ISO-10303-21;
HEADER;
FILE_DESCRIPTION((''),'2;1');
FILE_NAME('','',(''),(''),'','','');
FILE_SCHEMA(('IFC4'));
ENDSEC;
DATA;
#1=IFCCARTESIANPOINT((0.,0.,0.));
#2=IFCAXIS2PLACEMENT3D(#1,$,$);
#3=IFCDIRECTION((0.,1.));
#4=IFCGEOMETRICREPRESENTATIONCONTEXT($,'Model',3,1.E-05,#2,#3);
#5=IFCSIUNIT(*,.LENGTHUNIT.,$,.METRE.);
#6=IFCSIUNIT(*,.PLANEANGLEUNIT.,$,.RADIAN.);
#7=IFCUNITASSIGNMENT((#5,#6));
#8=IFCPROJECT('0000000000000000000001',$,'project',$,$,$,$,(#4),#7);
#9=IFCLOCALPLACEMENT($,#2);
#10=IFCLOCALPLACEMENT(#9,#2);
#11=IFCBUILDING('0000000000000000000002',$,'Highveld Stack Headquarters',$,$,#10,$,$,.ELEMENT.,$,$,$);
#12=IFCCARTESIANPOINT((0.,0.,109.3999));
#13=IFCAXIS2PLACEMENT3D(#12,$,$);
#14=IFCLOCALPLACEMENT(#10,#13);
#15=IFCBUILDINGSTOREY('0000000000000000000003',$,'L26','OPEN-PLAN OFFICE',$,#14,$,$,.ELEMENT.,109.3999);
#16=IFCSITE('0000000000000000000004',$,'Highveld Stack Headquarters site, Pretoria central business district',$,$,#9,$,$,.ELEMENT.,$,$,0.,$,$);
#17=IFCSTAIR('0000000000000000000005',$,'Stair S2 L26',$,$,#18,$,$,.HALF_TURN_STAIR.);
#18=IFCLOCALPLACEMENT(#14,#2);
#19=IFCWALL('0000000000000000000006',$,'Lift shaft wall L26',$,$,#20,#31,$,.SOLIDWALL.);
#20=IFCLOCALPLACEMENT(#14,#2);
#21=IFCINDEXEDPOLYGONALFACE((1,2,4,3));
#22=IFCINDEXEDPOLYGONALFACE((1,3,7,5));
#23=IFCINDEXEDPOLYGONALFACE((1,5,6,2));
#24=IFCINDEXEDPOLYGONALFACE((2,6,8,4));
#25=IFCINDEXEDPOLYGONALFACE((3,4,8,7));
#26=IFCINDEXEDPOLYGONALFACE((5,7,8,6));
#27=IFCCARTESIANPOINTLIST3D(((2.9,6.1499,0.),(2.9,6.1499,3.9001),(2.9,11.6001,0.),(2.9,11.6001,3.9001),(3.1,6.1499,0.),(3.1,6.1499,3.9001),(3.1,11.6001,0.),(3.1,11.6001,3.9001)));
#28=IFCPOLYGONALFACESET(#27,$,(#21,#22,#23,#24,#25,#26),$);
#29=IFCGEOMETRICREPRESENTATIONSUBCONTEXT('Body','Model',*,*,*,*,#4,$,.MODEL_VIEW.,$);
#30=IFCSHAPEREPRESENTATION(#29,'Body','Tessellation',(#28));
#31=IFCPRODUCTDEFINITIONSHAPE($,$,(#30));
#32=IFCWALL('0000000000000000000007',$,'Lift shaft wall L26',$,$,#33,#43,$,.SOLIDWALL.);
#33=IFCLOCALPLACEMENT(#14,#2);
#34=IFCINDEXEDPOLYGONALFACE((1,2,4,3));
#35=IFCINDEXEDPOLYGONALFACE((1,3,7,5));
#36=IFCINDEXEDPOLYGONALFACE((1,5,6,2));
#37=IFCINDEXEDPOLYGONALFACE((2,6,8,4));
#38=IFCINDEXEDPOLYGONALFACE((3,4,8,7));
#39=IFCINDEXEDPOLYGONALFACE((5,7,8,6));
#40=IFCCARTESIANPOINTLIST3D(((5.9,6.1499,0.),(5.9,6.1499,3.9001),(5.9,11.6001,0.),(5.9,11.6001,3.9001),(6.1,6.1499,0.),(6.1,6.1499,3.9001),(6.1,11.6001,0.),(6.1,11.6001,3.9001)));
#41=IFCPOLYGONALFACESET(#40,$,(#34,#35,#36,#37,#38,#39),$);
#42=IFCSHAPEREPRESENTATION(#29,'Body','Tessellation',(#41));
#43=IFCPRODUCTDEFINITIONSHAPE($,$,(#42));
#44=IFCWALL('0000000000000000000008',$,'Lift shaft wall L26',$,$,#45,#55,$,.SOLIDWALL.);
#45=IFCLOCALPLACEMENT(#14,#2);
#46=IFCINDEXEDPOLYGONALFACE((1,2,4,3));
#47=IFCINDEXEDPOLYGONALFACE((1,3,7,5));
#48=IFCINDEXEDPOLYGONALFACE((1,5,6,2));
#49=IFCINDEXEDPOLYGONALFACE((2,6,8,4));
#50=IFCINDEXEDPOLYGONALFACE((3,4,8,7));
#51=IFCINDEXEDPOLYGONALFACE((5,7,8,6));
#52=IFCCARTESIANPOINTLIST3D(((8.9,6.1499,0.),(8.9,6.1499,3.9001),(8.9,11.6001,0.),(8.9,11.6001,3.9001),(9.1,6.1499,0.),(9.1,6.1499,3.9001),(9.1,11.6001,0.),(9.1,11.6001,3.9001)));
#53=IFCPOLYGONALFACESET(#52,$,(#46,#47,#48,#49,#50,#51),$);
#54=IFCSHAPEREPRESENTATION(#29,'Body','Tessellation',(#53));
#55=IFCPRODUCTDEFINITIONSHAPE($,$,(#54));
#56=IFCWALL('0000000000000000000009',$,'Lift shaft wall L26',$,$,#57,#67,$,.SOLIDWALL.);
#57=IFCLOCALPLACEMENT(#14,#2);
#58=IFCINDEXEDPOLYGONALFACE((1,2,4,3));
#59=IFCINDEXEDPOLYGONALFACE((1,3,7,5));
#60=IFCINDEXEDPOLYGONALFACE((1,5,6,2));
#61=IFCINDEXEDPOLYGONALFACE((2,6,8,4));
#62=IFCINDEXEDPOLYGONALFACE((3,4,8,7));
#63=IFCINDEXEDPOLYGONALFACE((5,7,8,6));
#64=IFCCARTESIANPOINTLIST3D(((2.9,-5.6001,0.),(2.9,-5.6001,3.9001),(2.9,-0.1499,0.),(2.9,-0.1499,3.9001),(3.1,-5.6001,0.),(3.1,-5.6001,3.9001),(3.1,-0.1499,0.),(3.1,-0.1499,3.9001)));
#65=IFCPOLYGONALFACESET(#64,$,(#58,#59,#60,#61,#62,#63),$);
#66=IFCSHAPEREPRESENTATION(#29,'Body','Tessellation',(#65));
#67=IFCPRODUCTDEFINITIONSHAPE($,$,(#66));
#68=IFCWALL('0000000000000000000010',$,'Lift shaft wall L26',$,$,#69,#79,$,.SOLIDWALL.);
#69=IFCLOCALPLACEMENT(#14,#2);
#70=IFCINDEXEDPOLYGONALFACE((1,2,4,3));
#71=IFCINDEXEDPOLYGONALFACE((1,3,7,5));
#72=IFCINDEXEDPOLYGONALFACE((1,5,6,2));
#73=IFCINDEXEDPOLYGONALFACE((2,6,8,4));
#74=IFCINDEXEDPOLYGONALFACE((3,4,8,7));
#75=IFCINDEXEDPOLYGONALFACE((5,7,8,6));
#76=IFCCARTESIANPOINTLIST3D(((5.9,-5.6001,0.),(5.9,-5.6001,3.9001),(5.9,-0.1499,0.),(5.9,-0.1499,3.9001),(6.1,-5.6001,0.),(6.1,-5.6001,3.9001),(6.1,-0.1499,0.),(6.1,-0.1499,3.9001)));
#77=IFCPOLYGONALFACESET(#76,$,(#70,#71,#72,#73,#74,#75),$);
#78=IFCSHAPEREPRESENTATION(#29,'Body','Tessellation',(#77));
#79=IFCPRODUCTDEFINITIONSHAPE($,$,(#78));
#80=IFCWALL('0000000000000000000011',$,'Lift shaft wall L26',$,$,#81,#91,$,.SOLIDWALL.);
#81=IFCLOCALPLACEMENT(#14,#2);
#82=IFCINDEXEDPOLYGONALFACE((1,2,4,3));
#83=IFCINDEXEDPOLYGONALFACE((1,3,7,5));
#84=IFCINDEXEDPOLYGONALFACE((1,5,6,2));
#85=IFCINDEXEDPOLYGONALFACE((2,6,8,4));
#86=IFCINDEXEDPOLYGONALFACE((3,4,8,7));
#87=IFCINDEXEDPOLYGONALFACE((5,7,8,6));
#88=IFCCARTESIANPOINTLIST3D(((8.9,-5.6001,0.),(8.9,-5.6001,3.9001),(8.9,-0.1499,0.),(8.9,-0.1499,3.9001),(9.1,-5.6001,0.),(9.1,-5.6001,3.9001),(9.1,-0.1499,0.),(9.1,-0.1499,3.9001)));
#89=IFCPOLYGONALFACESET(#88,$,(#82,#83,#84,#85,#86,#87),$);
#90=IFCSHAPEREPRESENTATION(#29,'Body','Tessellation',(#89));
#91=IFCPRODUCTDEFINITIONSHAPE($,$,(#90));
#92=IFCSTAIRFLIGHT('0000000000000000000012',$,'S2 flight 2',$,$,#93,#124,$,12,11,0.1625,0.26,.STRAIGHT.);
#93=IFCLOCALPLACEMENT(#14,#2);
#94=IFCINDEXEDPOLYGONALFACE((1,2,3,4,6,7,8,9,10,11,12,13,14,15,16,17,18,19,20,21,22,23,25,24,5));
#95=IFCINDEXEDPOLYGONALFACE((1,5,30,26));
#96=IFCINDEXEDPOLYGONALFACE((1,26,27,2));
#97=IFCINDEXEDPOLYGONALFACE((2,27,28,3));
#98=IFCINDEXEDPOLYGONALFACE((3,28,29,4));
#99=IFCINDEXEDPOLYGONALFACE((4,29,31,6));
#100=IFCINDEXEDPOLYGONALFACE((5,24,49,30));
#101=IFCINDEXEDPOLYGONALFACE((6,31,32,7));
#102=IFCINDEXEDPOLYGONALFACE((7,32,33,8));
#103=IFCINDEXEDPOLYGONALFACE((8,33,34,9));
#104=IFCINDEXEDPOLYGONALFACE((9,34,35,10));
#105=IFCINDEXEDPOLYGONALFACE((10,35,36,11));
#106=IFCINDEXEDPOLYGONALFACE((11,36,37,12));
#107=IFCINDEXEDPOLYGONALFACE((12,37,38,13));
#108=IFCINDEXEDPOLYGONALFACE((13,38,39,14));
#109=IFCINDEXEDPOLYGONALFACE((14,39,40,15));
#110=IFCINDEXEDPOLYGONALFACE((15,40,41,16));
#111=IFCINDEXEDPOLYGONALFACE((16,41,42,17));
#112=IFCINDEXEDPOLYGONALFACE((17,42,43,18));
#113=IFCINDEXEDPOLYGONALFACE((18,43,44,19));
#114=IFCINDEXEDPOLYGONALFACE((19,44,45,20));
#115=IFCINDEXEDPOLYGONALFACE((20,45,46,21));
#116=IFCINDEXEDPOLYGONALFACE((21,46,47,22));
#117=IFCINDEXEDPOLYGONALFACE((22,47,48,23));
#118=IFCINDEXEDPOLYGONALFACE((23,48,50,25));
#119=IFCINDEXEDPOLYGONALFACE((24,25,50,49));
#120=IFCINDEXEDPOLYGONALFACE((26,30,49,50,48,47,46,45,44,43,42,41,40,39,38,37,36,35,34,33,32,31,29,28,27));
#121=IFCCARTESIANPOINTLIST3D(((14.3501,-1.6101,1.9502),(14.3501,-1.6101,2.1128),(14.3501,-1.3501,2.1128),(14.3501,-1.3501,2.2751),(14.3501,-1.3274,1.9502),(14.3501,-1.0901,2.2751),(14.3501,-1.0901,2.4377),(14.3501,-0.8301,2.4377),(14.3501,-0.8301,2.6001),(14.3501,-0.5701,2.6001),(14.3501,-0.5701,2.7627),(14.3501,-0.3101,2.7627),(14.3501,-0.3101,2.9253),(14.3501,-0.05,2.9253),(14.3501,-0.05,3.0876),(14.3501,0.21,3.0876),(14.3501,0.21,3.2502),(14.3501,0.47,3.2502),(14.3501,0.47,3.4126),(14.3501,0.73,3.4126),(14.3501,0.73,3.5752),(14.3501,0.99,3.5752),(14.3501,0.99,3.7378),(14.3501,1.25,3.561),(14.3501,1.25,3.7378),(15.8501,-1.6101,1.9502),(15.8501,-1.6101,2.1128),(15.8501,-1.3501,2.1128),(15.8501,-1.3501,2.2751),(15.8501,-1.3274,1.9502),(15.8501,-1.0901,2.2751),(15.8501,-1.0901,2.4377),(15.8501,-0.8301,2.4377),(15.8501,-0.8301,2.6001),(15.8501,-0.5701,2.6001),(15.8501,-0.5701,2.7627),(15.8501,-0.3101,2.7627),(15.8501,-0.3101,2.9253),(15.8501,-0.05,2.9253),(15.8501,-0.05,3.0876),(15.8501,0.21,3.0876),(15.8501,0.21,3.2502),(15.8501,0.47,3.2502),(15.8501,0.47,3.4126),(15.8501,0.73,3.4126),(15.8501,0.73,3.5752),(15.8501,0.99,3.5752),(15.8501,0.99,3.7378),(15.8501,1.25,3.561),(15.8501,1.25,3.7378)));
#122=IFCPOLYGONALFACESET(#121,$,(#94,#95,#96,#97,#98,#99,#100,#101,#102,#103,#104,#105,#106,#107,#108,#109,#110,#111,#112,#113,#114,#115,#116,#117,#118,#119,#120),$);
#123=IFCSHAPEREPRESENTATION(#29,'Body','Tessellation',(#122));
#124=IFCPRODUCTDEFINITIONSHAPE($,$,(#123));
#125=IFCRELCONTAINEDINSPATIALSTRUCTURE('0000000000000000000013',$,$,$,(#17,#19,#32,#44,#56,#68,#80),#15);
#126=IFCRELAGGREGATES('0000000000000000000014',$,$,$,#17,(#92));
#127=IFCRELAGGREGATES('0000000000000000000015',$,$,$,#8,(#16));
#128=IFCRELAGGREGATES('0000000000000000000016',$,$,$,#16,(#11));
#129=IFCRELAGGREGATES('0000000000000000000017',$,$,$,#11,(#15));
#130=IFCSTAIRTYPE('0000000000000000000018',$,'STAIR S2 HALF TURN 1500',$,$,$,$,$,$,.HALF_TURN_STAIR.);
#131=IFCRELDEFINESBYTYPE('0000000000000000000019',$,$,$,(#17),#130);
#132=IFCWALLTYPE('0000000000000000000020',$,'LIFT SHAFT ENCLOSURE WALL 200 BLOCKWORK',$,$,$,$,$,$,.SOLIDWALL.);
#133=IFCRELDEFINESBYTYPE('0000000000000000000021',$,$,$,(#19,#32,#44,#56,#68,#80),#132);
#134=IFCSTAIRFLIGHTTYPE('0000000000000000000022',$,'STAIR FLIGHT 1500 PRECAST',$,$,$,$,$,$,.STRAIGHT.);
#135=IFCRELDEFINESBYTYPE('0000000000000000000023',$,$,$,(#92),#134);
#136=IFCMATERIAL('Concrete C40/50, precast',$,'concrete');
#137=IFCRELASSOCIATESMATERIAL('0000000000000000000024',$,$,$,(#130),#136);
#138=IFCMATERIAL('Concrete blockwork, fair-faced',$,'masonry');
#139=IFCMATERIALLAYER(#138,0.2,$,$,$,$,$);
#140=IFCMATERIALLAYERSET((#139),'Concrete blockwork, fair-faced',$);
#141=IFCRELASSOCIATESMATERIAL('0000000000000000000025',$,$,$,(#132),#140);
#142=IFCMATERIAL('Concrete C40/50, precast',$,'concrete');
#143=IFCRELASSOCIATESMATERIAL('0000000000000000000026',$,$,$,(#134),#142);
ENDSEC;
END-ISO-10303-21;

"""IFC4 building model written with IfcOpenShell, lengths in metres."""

from ifc_helpers import new_model, si_unit, direction, frame, frame_2d, origin, place, context, subcontext, project, spatial, polyline, rectangle, outline, extrude, material, layer, layer_set, type_object, element, aggregate, save


model = new_model("IFC4")

# Units and contexts
model_context = context("Model", 3, precision=1e-05, world=origin(), true_north=direction((0.0, 1.0)))
body_context = subcontext(model_context, "Body", "Model", "MODEL_VIEW")
ifc_project = project(units=[si_unit("LENGTHUNIT", "METRE"), si_unit("PLANEANGLEUNIT", "RADIAN")], contexts=[model_context])

# Site, building, storey
site_placement = place(None, origin())
site = spatial("IfcSite", under=ifc_project, at=site_placement, Name="Highveld Stack Headquarters site, Pretoria central business district", CompositionType="ELEMENT", RefElevation=0.0)
building_placement = place(site_placement, origin())
building = spatial("IfcBuilding", under=site, at=building_placement, Name="Highveld Stack Headquarters", CompositionType="ELEMENT")
storey_placement = place(building_placement, frame((0.0, 0.0, 109.3999)))
storey = spatial("IfcBuildingStorey", under=building, at=storey_placement, Name="L26", Description="OPEN-PLAN OFFICE", CompositionType="ELEMENT", Elevation=109.3999)

# Stair
ifc_material_1 = material(Name="Concrete C40/50, precast", Category="concrete")
stair_type_1 = type_object("IfcStairType", Name="STAIR S2 HALF TURN 1500", PredefinedType="HALF_TURN_STAIR", material=ifc_material_1)
stair_1_placement = place(storey_placement, origin())
stair_1 = element("IfcStair", 1, at=stair_1_placement, inside=storey, type_object=stair_type_1, Name="Stair S2 L26", PredefinedType="HALF_TURN_STAIR")

# Walls
ifc_material_2 = material(Name="Concrete blockwork, fair-faced", Category="masonry")
ifc_layer_1 = layer(ifc_material_2, 0.2)
ifc_layer_set_1 = layer_set([ifc_layer_1], Name="Concrete blockwork, fair-faced")
wall_type_1 = type_object("IfcWallType", Name="LIFT SHAFT ENCLOSURE WALL 200 BLOCKWORK", PredefinedType="SOLIDWALL", material=ifc_layer_set_1)
for number, where, z_axis, x_axis, name in (
    (2, (3.0, 6.1499, 0.0), (0.0, 0.0, 1.0), (0.0, 1.0, 0.0), "Lift shaft wall L26"),
    (3, (6.0, 6.1499, 0.0), (0.0, 0.0, 1.0), (0.0, 1.0, 0.0), "Lift shaft wall L26"),
    (4, (9.0, 6.1499, 0.0), (0.0, 0.0, 1.0), (0.0, 1.0, 0.0), "Lift shaft wall L26"),
    (5, (3.0, -5.6001, 0.0), (0.0, 0.0, 1.0), (0.0, 1.0, 0.0), "Lift shaft wall L26"),
    (6, (6.0, -5.6001, 0.0), (0.0, 0.0, 1.0), (0.0, 1.0, 0.0), "Lift shaft wall L26"),
    (7, (9.0, -5.6001, 0.0), (0.0, 0.0, 1.0), (0.0, 1.0, 0.0), "Lift shaft wall L26"),
):
    element("IfcWall", number, at=place(storey_placement, frame(where, z_axis=z_axis, x_axis=x_axis)), inside=storey, type_object=wall_type_1, Name=name, PredefinedType="SOLIDWALL", context=body_context, shape_type="SweptSolid", body=[
        extrude(rectangle(XDim=5.4502, YDim=0.2, at=frame_2d((2.7251, 0.0))), origin(), (0.0, 0.0, 1.0), 3.9001),
    ])

# Stair flight
ifc_material_3 = material(Name="Concrete C40/50, precast", Category="concrete")
stair_flight_type = type_object("IfcStairFlightType", Name="STAIR FLIGHT 1500 PRECAST", PredefinedType="STRAIGHT", material=ifc_material_3)
stair_flight_placement = place(storey_placement, frame((15.1001, -1.6101, 1.9502), z_axis=(0.0, 0.0, 1.0), x_axis=(0.0, 1.0, 0.0)))
stair_flight = element("IfcStairFlight", 8, at=stair_flight_placement, type_object=stair_flight_type, Name="S2 flight 2", NumberOfRisers=12, NumberOfTreads=11, PredefinedType="STRAIGHT", RiserHeight=0.1625, TreadLength=0.26, context=body_context, shape_type="SweptSolid", body=[
    extrude(outline(polyline([(0.0, 0.0), (0.0, 0.1626), (0.26, 0.1626), (0.26, 0.325), (0.52, 0.325), (0.52, 0.4875), (0.78, 0.4875), (0.78, 0.6499), (1.04, 0.6499), (1.04, 0.8125), (1.3, 0.8125), (1.3, 0.9751), (1.5601, 0.9751), (1.5601, 1.1375), (1.8201, 1.1375), (1.8201, 1.3), (2.0801, 1.3), (2.0801, 1.4624), (2.3401, 1.4624), (2.3401, 1.625), (2.6001, 1.625), (2.6001, 1.7876), (2.8601, 1.7876), (2.8601, 1.95), (2.8601, 1.6108), (0.2827, 0.0), (0.0, 0.0)])), frame((0.0, 0.75, 0.0), z_axis=(0.0, -1.0, 0.0), x_axis=(1.0, 0.0, 0.0)), (0.0, 0.0, 1.0), 1.5),
])
aggregate(stair_1, [stair_flight])

save(model, "model.ifc")
